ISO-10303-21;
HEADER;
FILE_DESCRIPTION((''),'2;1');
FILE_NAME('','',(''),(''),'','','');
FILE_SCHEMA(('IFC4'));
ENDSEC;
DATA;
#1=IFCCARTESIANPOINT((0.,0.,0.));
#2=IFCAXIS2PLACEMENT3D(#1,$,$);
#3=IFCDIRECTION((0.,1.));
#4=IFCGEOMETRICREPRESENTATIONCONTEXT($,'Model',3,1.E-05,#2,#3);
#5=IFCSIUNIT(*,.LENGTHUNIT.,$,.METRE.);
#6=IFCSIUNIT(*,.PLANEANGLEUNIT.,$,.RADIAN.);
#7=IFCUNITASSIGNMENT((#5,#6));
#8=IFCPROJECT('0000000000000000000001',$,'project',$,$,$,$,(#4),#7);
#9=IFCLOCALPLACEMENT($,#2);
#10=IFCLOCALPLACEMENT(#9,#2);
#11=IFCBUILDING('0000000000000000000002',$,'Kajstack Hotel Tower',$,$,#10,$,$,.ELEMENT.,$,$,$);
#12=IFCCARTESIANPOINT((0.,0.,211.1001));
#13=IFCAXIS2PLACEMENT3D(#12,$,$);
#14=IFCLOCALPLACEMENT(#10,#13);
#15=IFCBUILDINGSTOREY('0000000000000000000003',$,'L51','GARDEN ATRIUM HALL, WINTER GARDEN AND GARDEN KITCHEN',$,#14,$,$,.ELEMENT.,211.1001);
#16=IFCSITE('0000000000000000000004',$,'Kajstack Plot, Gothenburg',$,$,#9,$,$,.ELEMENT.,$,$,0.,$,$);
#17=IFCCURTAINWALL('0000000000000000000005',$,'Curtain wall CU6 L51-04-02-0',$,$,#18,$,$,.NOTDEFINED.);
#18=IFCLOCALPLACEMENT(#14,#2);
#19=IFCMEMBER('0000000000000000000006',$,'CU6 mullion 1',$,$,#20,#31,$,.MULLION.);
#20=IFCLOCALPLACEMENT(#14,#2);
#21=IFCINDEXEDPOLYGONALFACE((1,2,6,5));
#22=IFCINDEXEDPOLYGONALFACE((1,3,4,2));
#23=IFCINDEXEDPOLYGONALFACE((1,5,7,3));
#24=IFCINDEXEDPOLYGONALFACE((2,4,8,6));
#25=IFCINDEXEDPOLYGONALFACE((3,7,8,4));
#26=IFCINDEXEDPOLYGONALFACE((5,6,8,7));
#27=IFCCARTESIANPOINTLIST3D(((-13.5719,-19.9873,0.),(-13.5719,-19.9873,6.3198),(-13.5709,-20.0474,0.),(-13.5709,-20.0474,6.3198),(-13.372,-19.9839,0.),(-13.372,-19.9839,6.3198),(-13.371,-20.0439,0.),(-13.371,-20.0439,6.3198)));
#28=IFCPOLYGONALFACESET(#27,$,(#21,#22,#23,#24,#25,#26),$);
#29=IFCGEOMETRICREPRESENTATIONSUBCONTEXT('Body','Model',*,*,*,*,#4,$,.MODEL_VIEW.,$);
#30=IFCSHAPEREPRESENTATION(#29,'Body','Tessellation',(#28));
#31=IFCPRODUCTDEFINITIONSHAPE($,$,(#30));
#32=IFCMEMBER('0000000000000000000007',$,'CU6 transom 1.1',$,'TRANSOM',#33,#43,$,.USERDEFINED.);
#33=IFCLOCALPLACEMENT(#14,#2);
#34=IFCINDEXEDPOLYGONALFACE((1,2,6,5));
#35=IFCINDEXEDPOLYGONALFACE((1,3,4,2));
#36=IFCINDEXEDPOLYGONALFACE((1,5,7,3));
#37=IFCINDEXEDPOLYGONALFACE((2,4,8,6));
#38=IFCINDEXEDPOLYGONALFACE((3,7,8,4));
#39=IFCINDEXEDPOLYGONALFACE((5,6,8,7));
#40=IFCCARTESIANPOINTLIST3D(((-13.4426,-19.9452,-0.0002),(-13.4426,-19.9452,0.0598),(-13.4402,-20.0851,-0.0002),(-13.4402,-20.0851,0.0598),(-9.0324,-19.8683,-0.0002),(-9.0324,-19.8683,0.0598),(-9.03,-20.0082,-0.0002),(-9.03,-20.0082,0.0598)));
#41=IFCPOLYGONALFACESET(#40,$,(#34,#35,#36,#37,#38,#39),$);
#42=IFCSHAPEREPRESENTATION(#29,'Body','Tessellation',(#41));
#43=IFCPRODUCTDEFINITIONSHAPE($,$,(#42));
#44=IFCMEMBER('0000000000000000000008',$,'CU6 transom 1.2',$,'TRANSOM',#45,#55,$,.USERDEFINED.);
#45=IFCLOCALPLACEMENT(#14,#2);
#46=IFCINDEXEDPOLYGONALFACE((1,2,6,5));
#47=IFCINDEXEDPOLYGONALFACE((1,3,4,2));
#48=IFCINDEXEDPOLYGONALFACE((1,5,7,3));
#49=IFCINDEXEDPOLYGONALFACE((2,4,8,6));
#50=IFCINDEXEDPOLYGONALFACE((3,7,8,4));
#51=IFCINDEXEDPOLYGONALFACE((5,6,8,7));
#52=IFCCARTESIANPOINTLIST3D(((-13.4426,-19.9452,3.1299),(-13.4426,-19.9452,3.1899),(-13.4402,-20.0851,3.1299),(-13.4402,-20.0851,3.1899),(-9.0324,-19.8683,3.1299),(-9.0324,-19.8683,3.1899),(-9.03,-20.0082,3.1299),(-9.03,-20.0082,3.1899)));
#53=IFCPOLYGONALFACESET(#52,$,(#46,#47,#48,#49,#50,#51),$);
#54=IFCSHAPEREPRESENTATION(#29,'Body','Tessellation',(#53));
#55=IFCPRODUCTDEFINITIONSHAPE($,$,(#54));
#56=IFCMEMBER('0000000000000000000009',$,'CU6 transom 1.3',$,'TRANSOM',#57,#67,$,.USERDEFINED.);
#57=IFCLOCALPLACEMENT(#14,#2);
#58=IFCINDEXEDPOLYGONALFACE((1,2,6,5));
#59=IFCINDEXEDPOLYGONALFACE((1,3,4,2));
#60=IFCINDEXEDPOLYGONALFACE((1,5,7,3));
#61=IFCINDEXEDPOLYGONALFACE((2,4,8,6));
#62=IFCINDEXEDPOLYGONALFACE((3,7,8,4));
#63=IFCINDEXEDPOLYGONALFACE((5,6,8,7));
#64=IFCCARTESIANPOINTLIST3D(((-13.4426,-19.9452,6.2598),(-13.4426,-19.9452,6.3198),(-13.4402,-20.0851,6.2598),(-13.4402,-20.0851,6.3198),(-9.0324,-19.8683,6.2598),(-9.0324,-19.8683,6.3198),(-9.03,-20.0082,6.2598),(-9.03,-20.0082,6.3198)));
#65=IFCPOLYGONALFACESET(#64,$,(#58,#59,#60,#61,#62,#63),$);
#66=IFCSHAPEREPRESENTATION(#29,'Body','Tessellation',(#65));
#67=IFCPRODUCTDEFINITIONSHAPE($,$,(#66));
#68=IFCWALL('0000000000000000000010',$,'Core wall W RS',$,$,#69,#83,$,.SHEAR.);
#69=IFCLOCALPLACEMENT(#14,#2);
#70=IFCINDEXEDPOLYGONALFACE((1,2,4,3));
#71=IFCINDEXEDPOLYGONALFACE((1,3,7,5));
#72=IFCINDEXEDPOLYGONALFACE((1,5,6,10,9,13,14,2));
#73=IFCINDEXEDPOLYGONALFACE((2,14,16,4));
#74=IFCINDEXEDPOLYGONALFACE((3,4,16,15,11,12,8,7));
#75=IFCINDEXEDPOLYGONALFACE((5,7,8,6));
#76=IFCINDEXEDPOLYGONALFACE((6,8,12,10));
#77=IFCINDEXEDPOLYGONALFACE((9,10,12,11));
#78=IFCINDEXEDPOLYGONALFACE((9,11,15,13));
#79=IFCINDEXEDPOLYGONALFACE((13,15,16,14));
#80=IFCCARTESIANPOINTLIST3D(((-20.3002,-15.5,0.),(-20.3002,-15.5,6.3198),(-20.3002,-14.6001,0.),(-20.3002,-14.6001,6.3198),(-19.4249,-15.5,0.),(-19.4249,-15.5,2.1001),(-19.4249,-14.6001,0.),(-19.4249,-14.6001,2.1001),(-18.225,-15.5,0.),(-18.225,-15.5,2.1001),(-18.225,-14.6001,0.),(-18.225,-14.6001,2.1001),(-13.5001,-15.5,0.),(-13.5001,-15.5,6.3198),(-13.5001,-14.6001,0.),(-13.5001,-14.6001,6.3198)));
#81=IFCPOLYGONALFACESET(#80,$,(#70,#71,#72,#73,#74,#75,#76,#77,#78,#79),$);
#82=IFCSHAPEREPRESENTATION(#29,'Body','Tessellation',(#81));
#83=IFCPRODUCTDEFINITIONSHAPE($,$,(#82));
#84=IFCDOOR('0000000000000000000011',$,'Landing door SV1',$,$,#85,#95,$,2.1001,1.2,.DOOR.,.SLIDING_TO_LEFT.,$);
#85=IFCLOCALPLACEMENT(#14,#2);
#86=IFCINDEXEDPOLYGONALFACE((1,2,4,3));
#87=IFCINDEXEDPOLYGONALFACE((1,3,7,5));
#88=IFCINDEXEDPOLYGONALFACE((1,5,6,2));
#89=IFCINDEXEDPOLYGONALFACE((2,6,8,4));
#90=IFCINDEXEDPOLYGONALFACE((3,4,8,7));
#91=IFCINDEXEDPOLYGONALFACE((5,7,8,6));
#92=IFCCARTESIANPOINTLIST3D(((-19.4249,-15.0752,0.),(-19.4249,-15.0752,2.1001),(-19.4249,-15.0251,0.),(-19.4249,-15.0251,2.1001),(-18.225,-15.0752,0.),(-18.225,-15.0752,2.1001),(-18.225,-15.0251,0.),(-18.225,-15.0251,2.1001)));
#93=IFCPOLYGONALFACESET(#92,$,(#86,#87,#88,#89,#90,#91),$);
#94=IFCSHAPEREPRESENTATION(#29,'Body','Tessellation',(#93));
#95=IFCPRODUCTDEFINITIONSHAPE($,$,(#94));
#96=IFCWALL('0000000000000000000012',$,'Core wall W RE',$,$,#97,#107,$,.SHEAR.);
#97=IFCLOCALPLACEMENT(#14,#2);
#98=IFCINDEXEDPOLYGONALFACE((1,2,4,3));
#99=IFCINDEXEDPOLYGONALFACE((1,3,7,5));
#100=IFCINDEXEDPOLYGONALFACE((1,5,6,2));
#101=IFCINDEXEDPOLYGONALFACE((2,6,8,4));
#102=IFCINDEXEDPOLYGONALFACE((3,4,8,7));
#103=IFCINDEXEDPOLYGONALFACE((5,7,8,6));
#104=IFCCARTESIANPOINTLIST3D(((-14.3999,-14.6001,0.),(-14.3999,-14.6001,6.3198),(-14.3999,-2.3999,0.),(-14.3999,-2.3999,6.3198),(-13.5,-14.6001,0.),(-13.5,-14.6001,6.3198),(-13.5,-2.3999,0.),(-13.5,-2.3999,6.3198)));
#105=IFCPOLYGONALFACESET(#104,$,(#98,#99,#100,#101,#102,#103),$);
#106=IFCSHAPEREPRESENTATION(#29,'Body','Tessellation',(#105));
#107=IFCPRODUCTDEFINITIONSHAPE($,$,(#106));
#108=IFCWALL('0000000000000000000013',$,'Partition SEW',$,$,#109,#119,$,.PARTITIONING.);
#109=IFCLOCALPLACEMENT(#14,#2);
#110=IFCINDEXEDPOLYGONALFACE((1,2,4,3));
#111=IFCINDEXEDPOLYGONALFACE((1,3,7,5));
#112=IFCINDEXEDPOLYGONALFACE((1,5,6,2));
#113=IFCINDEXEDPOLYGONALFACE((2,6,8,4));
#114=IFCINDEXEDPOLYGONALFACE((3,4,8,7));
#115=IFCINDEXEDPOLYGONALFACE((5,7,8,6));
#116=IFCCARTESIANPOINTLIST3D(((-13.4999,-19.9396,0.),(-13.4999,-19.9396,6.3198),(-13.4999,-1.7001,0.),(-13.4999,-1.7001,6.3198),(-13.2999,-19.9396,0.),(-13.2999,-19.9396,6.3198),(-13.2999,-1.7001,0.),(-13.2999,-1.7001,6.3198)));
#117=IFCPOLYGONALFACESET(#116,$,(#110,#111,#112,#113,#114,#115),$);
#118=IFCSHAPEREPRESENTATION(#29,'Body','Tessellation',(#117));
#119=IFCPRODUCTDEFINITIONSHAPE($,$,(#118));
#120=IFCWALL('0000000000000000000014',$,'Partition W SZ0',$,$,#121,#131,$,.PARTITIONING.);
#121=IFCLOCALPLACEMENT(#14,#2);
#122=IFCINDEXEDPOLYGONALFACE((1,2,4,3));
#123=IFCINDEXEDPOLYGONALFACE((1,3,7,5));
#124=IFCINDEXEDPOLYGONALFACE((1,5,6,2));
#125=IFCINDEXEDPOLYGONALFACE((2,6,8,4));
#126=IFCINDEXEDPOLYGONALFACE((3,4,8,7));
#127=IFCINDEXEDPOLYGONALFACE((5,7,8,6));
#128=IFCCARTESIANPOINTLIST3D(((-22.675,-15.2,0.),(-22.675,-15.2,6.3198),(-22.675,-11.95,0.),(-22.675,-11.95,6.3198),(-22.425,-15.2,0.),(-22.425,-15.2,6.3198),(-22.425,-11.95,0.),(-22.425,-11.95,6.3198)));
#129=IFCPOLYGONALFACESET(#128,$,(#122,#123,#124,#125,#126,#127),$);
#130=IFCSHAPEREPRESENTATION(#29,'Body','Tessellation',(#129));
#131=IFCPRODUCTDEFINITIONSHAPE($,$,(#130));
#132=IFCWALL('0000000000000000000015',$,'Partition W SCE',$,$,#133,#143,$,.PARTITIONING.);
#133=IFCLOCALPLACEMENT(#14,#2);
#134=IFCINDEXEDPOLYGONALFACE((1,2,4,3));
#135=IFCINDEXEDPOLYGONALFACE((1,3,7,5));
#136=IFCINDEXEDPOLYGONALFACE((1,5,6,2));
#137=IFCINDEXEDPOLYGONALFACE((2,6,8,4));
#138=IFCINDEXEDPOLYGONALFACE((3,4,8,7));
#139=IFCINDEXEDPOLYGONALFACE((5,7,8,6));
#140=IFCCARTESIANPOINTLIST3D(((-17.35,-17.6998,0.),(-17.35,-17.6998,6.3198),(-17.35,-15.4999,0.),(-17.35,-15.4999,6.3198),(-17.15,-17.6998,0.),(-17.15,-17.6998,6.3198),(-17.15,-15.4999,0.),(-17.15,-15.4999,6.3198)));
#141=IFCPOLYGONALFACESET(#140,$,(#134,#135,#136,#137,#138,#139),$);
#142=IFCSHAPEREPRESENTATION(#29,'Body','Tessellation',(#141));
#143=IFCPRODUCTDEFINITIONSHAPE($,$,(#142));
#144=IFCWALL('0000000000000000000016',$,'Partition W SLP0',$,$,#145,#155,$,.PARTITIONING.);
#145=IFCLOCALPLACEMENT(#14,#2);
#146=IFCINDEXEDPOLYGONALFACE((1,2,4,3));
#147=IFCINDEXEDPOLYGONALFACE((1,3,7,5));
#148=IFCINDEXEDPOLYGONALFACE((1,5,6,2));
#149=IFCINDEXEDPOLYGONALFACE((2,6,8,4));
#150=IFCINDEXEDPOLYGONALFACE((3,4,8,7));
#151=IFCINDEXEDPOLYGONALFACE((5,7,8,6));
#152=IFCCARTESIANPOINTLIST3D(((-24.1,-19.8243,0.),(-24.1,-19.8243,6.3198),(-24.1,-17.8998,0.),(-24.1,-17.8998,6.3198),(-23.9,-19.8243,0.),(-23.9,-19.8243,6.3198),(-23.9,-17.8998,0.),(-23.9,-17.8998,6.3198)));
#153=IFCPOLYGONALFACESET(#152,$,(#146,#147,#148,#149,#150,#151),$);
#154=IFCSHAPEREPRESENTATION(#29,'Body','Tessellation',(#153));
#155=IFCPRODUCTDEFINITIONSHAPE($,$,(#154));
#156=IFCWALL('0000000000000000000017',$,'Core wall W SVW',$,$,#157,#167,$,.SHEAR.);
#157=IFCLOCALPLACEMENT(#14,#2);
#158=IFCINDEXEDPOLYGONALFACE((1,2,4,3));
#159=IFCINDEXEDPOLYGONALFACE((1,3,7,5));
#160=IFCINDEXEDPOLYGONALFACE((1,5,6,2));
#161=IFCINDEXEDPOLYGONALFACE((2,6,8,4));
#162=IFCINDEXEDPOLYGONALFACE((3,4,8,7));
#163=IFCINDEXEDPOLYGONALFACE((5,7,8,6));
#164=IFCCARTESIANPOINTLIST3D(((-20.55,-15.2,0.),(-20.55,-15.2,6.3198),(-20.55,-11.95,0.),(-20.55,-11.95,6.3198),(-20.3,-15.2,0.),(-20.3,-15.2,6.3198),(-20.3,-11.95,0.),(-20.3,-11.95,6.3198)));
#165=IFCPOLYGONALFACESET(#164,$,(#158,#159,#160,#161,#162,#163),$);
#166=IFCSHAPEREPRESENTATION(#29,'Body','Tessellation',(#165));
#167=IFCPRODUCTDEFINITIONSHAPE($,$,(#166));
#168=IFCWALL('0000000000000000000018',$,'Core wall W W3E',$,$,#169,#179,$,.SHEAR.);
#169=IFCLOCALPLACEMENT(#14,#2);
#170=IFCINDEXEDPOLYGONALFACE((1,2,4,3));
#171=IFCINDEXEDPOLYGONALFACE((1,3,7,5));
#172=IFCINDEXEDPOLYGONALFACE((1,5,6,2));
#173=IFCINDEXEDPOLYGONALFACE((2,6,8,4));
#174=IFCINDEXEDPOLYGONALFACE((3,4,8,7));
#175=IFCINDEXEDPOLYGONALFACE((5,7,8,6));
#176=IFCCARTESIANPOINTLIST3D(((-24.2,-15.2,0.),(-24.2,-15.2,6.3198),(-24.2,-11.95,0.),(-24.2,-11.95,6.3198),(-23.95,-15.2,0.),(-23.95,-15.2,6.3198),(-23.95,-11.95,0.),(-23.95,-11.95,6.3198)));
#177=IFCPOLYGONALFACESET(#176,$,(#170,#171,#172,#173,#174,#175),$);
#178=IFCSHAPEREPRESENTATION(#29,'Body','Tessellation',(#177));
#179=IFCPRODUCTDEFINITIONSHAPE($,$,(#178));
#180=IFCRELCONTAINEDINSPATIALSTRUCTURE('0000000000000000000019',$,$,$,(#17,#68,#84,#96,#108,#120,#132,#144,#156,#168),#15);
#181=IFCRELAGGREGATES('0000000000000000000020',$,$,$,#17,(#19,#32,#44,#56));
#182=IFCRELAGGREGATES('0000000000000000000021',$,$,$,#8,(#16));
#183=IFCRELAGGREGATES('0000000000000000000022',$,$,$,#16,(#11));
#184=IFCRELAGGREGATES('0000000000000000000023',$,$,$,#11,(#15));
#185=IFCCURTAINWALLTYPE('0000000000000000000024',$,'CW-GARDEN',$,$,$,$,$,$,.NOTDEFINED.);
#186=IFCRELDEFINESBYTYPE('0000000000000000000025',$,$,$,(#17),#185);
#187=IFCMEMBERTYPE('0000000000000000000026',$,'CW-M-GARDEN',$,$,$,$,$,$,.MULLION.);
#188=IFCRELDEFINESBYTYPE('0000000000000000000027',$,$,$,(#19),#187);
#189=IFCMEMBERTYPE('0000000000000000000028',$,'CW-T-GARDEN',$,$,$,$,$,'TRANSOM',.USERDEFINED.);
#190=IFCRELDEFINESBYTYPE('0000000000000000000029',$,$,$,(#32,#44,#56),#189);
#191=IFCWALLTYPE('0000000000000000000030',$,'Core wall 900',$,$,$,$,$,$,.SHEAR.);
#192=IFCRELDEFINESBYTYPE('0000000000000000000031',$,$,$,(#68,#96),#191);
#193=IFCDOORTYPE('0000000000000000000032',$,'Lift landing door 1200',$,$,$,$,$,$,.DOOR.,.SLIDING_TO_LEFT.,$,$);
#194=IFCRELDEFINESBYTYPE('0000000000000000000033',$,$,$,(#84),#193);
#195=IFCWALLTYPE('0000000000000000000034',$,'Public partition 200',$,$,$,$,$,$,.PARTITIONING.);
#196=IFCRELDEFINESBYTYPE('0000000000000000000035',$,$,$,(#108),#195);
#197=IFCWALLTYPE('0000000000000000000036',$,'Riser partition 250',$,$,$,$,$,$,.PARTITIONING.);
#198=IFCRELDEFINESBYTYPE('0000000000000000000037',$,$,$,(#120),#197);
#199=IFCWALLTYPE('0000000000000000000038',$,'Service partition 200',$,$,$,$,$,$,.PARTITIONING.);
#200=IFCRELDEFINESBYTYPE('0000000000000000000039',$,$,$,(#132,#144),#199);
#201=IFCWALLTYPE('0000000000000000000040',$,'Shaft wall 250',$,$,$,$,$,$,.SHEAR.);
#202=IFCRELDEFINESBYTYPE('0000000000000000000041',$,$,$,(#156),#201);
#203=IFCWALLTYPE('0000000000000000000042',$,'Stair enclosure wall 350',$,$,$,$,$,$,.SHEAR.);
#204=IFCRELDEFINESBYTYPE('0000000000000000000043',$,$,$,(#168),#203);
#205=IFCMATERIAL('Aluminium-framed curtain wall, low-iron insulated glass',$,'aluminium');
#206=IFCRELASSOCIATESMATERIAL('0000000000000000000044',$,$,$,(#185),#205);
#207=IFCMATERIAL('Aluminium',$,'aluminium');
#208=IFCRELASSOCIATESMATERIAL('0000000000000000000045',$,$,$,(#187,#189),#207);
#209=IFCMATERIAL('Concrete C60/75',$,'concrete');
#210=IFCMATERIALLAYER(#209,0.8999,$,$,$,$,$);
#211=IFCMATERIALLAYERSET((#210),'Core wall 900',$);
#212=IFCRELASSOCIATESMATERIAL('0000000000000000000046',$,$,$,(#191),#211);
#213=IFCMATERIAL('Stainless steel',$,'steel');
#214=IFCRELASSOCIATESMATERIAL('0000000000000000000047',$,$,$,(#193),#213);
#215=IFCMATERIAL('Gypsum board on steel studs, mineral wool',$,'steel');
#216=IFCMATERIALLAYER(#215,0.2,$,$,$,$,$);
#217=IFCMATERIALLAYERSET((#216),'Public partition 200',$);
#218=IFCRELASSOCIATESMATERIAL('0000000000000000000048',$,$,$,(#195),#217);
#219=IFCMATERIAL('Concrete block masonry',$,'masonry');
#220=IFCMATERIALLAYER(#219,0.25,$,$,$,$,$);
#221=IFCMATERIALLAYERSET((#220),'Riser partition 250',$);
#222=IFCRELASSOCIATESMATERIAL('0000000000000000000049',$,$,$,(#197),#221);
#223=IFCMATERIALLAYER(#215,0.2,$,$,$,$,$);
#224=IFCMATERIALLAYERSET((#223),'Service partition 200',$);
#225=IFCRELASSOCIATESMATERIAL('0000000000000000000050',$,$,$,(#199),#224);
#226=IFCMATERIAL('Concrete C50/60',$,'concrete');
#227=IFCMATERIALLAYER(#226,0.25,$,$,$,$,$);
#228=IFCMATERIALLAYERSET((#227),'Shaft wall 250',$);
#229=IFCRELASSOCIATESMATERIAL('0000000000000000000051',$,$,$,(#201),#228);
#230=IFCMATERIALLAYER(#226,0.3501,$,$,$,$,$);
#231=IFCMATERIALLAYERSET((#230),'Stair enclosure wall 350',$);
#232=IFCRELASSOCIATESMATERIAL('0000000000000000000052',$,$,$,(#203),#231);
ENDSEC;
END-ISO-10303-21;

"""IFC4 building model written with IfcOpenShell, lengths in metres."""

from ifc_helpers import new_model, si_unit, direction, frame, frame_2d, origin, origin_2d, place, context, subcontext, project, spatial, rectangle, extrude, material, layer, layer_set, material_profile, profile_set, type_object, element, fill, aggregate, save


model = new_model("IFC4")

# Units and contexts
model_context = context("Model", 3, precision=1e-05, world=origin(), true_north=direction((0.0, 1.0)))
body_context = subcontext(model_context, "Body", "Model", "MODEL_VIEW")
ifc_project = project(units=[si_unit("LENGTHUNIT", "METRE"), si_unit("PLANEANGLEUNIT", "RADIAN")], contexts=[model_context])

# Site, building, storey
site_placement = place(None, origin())
site = spatial("IfcSite", under=ifc_project, at=site_placement, Name="Kajstack Plot, Gothenburg", CompositionType="ELEMENT", RefElevation=0.0)
building_placement = place(site_placement, origin())
building = spatial("IfcBuilding", under=site, at=building_placement, Name="Kajstack Hotel Tower", CompositionType="ELEMENT")
storey_placement = place(building_placement, frame((0.0, 0.0, 211.1001)))
storey = spatial("IfcBuildingStorey", under=building, at=storey_placement, Name="L51", Description="GARDEN ATRIUM HALL, WINTER GARDEN AND GARDEN KITCHEN", CompositionType="ELEMENT", Elevation=211.1001)

# Curtain wall, members
ifc_material_1 = material(Name="Aluminium-framed curtain wall, low-iron insulated glass", Category="aluminium")
curtain_wall_type = type_object("IfcCurtainWallType", Name="CW-GARDEN", PredefinedType="NOTDEFINED", material=ifc_material_1)
curtain_wall_placement = place(storey_placement, origin())
curtain_wall = element("IfcCurtainWall", 1, at=curtain_wall_placement, inside=storey, type_object=curtain_wall_type, Name="Curtain wall CU6 L51-04-02-0", PredefinedType="NOTDEFINED")
ifc_material_2 = material(Name="Aluminium", Category="aluminium")
ifc_material_profile_1 = material_profile(ifc_material_2, rectangle(XDim=0.0601, YDim=0.2, at=origin_2d()), Name="Aluminium mullion 60 x 200")
ifc_profile_set_1 = profile_set([ifc_material_profile_1], Name="Aluminium")
member_type_1 = type_object("IfcMemberType", Name="CW-M-GARDEN", PredefinedType="MULLION", material=ifc_profile_set_1)
member_1_placement = place(storey_placement, frame((-13.4714, -20.0156, 0.0), z_axis=(0.0, 0.0, 1.0), x_axis=(-0.017453, 0.999848, 0.0)))
member_1 = element("IfcMember", 2, at=member_1_placement, type_object=member_type_1, Name="CU6 mullion 1", PredefinedType="MULLION", context=body_context, shape_type="SweptSolid", body=[
    extrude(rectangle(XDim=0.0601, YDim=0.2, at=origin_2d()), origin(), (0.0, 0.0, 1.0), 6.3198),
])
ifc_material_profile_2 = material_profile(ifc_material_2, rectangle(XDim=0.1399, YDim=0.0601, at=origin_2d()), Name="Aluminium transom 140 x 60")
ifc_profile_set_2 = profile_set([ifc_material_profile_2], Name="Aluminium")
member_type_2 = type_object("IfcMemberType", Name="CW-T-GARDEN", ElementType="TRANSOM", PredefinedType="USERDEFINED", material=ifc_profile_set_2)
member_2_placement = place(storey_placement, frame((-13.4414, -20.0151, 0.0298), z_axis=(0.999848, 0.017435, 0.0), x_axis=(-0.017435, 0.999848, 0.0)))
member_2 = element("IfcMember", 3, at=member_2_placement, type_object=member_type_2, Name="CU6 transom 1.1", ObjectType="TRANSOM", PredefinedType="USERDEFINED", context=body_context, shape_type="SweptSolid", body=[
    extrude(rectangle(XDim=0.1399, YDim=0.0601, at=origin_2d()), origin(), (0.0, 0.0, 1.0), 4.4109),
])
member_3_placement = place(storey_placement, frame((-13.4414, -20.0151, 3.1599), z_axis=(0.999848, 0.017435, 0.0), x_axis=(-0.017435, 0.999848, 0.0)))
member_3 = element("IfcMember", 4, at=member_3_placement, type_object=member_type_2, Name="CU6 transom 1.2", ObjectType="TRANSOM", PredefinedType="USERDEFINED", context=body_context, shape_type="SweptSolid", body=[
    extrude(rectangle(XDim=0.1399, YDim=0.0601, at=origin_2d()), origin(), (0.0, 0.0, 1.0), 4.4109),
])
member_4_placement = place(storey_placement, frame((-13.4414, -20.0151, 6.2898), z_axis=(0.999848, 0.017435, 0.0), x_axis=(-0.017435, 0.999848, 0.0)))
member_4 = element("IfcMember", 5, at=member_4_placement, type_object=member_type_2, Name="CU6 transom 1.3", ObjectType="TRANSOM", PredefinedType="USERDEFINED", context=body_context, shape_type="SweptSolid", body=[
    extrude(rectangle(XDim=0.1399, YDim=0.0601, at=origin_2d()), origin(), (0.0, 0.0, 1.0), 4.4109),
])
aggregate(curtain_wall, [member_1, member_2, member_3, member_4])

# Wall, opening, door
ifc_material_3 = material(Name="Concrete C60/75", Category="concrete")
ifc_layer_1 = layer(ifc_material_3, 0.8999)
ifc_layer_set_1 = layer_set([ifc_layer_1], Name="Core wall 900")
wall_type_1 = type_object("IfcWallType", Name="Core wall 900", PredefinedType="SHEAR", material=ifc_layer_set_1)
wall_1_placement = place(storey_placement, frame((-20.3, -15.05, 0.0), z_axis=(0.0, 0.0, 1.0), x_axis=(1.0, 0.0, 0.0)))
wall_1 = element("IfcWall", 6, at=wall_1_placement, inside=storey, type_object=wall_type_1, Name="Core wall W RS", PredefinedType="SHEAR", context=body_context, shape_type="SweptSolid", body=[
    extrude(rectangle(XDim=6.8, YDim=0.8999, at=frame_2d((3.3999, 0.0))), origin(), (0.0, 0.0, 1.0), 6.3198),
])
opening_placement = place(wall_1_placement, frame((0.875, 0.0, 0.0)))
opening = element("IfcOpeningElement", 7, at=opening_placement, cuts=wall_1, PredefinedType="OPENING", context=body_context, shape_type="SweptSolid", body=[
    extrude(rectangle(XDim=1.2, YDim=2.1001, at=frame_2d((0.6001, 1.05))), frame((0.0, 0.46, 0.0), z_axis=(0.0, -1.0, 0.0), x_axis=(1.0, 0.0, 0.0)), (0.0, 0.0, 1.0), 0.9199),
])
ifc_material_4 = material(Name="Stainless steel", Category="steel")
door_type = type_object("IfcDoorType", Name="Lift landing door 1200", OperationType="SLIDING_TO_LEFT", PredefinedType="DOOR", material=ifc_material_4)
door_placement = place(opening_placement, origin())
door = element("IfcDoor", 8, at=door_placement, inside=storey, type_object=door_type, Name="Landing door SV1", OperationType="SLIDING_TO_LEFT", OverallHeight=2.1001, OverallWidth=1.2, PredefinedType="DOOR", context=body_context, shape_type="SweptSolid", body=[
    extrude(rectangle(XDim=1.2, YDim=2.1001, at=frame_2d((0.6001, 1.05))), frame((0.0, 0.0249, 0.0), z_axis=(0.0, -1.0, 0.0), x_axis=(1.0, 0.0, 0.0)), (0.0, 0.0, 1.0), 0.05),
])
fill(opening, door)

# Walls
wall_2_placement = place(storey_placement, frame((-13.95, -14.6001, 0.0), z_axis=(0.0, 0.0, 1.0), x_axis=(0.0, 1.0, 0.0)))
element("IfcWall", 9, at=wall_2_placement, inside=storey, type_object=wall_type_1, Name="Core wall W RE", PredefinedType="SHEAR", context=body_context, shape_type="SweptSolid", body=[
    extrude(rectangle(XDim=12.2002, YDim=0.8999, at=frame_2d((6.1001, 0.0))), origin(), (0.0, 0.0, 1.0), 6.3198),
])
ifc_material_5 = material(Name="Gypsum board on steel studs, mineral wool", Category="steel")
ifc_layer_2 = layer(ifc_material_5, 0.2)
ifc_layer_set_2 = layer_set([ifc_layer_2], Name="Public partition 200")
wall_type_2 = type_object("IfcWallType", Name="Public partition 200", PredefinedType="PARTITIONING", material=ifc_layer_set_2)
wall_3_placement = place(storey_placement, frame((-13.3999, -19.9395, 0.0), z_axis=(0.0, 0.0, 1.0), x_axis=(0.0, 1.0, 0.0)))
element("IfcWall", 10, at=wall_3_placement, inside=storey, type_object=wall_type_2, Name="Partition SEW", PredefinedType="PARTITIONING", context=body_context, shape_type="SweptSolid", body=[
    extrude(rectangle(XDim=18.2395, YDim=0.2, at=frame_2d((9.1196, 0.0))), origin(), (0.0, 0.0, 1.0), 6.3198),
])
ifc_material_6 = material(Name="Concrete block masonry", Category="masonry")
ifc_layer_3 = layer(ifc_material_6, 0.25)
ifc_layer_set_3 = layer_set([ifc_layer_3], Name="Riser partition 250")
wall_type_3 = type_object("IfcWallType", Name="Riser partition 250", PredefinedType="PARTITIONING", material=ifc_layer_set_3)
wall_4_placement = place(storey_placement, frame((-22.55, -15.2, 0.0), z_axis=(0.0, 0.0, 1.0), x_axis=(0.0, 1.0, 0.0)))
element("IfcWall", 11, at=wall_4_placement, inside=storey, type_object=wall_type_3, Name="Partition W SZ0", PredefinedType="PARTITIONING", context=body_context, shape_type="SweptSolid", body=[
    extrude(rectangle(XDim=3.25, YDim=0.25, at=frame_2d((1.625, 0.0))), origin(), (0.0, 0.0, 1.0), 6.3198),
])
ifc_layer_4 = layer(ifc_material_5, 0.2)
ifc_layer_set_4 = layer_set([ifc_layer_4], Name="Service partition 200")
wall_type_4 = type_object("IfcWallType", Name="Service partition 200", PredefinedType="PARTITIONING", material=ifc_layer_set_4)
wall_5_placement = place(storey_placement, frame((-17.25, -17.7, 0.0), z_axis=(0.0, 0.0, 1.0), x_axis=(0.0, 1.0, 0.0)))
element("IfcWall", 12, at=wall_5_placement, inside=storey, type_object=wall_type_4, Name="Partition W SCE", PredefinedType="PARTITIONING", context=body_context, shape_type="SweptSolid", body=[
    extrude(rectangle(XDim=2.2, YDim=0.2, at=frame_2d((1.1001, 0.0))), origin(), (0.0, 0.0, 1.0), 6.3198),
])
wall_6_placement = place(storey_placement, frame((-24.0, -19.8245, 0.0), z_axis=(0.0, 0.0, 1.0), x_axis=(0.0, 1.0, 0.0)))
element("IfcWall", 13, at=wall_6_placement, inside=storey, type_object=wall_type_4, Name="Partition W SLP0", PredefinedType="PARTITIONING", context=body_context, shape_type="SweptSolid", body=[
    extrude(rectangle(XDim=1.9246, YDim=0.2, at=frame_2d((0.9624, 0.0))), origin(), (0.0, 0.0, 1.0), 6.3198),
])
ifc_material_7 = material(Name="Concrete C50/60", Category="concrete")
ifc_layer_5 = layer(ifc_material_7, 0.25)
ifc_layer_set_5 = layer_set([ifc_layer_5], Name="Shaft wall 250")
wall_type_5 = type_object("IfcWallType", Name="Shaft wall 250", PredefinedType="SHEAR", material=ifc_layer_set_5)
wall_7_placement = place(storey_placement, frame((-20.425, -15.2, 0.0), z_axis=(0.0, 0.0, 1.0), x_axis=(0.0, 1.0, 0.0)))
element("IfcWall", 14, at=wall_7_placement, inside=storey, type_object=wall_type_5, Name="Core wall W SVW", PredefinedType="SHEAR", context=body_context, shape_type="SweptSolid", body=[
    extrude(rectangle(XDim=3.25, YDim=0.25, at=frame_2d((1.625, 0.0))), origin(), (0.0, 0.0, 1.0), 6.3198),
])
ifc_layer_6 = layer(ifc_material_7, 0.3501)
ifc_layer_set_6 = layer_set([ifc_layer_6], Name="Stair enclosure wall 350")
wall_type_6 = type_object("IfcWallType", Name="Stair enclosure wall 350", PredefinedType="SHEAR", material=ifc_layer_set_6)
wall_8_placement = place(storey_placement, frame((-24.075, -15.2, 0.0), z_axis=(0.0, 0.0, 1.0), x_axis=(0.0, 1.0, 0.0)))
element("IfcWall", 15, at=wall_8_placement, inside=storey, type_object=wall_type_6, Name="Core wall W W3E", PredefinedType="SHEAR", context=body_context, shape_type="SweptSolid", body=[
    extrude(rectangle(XDim=3.25, YDim=0.25, at=frame_2d((1.625, 0.0))), origin(), (0.0, 0.0, 1.0), 6.3198),
])

save(model, "model.ifc")
